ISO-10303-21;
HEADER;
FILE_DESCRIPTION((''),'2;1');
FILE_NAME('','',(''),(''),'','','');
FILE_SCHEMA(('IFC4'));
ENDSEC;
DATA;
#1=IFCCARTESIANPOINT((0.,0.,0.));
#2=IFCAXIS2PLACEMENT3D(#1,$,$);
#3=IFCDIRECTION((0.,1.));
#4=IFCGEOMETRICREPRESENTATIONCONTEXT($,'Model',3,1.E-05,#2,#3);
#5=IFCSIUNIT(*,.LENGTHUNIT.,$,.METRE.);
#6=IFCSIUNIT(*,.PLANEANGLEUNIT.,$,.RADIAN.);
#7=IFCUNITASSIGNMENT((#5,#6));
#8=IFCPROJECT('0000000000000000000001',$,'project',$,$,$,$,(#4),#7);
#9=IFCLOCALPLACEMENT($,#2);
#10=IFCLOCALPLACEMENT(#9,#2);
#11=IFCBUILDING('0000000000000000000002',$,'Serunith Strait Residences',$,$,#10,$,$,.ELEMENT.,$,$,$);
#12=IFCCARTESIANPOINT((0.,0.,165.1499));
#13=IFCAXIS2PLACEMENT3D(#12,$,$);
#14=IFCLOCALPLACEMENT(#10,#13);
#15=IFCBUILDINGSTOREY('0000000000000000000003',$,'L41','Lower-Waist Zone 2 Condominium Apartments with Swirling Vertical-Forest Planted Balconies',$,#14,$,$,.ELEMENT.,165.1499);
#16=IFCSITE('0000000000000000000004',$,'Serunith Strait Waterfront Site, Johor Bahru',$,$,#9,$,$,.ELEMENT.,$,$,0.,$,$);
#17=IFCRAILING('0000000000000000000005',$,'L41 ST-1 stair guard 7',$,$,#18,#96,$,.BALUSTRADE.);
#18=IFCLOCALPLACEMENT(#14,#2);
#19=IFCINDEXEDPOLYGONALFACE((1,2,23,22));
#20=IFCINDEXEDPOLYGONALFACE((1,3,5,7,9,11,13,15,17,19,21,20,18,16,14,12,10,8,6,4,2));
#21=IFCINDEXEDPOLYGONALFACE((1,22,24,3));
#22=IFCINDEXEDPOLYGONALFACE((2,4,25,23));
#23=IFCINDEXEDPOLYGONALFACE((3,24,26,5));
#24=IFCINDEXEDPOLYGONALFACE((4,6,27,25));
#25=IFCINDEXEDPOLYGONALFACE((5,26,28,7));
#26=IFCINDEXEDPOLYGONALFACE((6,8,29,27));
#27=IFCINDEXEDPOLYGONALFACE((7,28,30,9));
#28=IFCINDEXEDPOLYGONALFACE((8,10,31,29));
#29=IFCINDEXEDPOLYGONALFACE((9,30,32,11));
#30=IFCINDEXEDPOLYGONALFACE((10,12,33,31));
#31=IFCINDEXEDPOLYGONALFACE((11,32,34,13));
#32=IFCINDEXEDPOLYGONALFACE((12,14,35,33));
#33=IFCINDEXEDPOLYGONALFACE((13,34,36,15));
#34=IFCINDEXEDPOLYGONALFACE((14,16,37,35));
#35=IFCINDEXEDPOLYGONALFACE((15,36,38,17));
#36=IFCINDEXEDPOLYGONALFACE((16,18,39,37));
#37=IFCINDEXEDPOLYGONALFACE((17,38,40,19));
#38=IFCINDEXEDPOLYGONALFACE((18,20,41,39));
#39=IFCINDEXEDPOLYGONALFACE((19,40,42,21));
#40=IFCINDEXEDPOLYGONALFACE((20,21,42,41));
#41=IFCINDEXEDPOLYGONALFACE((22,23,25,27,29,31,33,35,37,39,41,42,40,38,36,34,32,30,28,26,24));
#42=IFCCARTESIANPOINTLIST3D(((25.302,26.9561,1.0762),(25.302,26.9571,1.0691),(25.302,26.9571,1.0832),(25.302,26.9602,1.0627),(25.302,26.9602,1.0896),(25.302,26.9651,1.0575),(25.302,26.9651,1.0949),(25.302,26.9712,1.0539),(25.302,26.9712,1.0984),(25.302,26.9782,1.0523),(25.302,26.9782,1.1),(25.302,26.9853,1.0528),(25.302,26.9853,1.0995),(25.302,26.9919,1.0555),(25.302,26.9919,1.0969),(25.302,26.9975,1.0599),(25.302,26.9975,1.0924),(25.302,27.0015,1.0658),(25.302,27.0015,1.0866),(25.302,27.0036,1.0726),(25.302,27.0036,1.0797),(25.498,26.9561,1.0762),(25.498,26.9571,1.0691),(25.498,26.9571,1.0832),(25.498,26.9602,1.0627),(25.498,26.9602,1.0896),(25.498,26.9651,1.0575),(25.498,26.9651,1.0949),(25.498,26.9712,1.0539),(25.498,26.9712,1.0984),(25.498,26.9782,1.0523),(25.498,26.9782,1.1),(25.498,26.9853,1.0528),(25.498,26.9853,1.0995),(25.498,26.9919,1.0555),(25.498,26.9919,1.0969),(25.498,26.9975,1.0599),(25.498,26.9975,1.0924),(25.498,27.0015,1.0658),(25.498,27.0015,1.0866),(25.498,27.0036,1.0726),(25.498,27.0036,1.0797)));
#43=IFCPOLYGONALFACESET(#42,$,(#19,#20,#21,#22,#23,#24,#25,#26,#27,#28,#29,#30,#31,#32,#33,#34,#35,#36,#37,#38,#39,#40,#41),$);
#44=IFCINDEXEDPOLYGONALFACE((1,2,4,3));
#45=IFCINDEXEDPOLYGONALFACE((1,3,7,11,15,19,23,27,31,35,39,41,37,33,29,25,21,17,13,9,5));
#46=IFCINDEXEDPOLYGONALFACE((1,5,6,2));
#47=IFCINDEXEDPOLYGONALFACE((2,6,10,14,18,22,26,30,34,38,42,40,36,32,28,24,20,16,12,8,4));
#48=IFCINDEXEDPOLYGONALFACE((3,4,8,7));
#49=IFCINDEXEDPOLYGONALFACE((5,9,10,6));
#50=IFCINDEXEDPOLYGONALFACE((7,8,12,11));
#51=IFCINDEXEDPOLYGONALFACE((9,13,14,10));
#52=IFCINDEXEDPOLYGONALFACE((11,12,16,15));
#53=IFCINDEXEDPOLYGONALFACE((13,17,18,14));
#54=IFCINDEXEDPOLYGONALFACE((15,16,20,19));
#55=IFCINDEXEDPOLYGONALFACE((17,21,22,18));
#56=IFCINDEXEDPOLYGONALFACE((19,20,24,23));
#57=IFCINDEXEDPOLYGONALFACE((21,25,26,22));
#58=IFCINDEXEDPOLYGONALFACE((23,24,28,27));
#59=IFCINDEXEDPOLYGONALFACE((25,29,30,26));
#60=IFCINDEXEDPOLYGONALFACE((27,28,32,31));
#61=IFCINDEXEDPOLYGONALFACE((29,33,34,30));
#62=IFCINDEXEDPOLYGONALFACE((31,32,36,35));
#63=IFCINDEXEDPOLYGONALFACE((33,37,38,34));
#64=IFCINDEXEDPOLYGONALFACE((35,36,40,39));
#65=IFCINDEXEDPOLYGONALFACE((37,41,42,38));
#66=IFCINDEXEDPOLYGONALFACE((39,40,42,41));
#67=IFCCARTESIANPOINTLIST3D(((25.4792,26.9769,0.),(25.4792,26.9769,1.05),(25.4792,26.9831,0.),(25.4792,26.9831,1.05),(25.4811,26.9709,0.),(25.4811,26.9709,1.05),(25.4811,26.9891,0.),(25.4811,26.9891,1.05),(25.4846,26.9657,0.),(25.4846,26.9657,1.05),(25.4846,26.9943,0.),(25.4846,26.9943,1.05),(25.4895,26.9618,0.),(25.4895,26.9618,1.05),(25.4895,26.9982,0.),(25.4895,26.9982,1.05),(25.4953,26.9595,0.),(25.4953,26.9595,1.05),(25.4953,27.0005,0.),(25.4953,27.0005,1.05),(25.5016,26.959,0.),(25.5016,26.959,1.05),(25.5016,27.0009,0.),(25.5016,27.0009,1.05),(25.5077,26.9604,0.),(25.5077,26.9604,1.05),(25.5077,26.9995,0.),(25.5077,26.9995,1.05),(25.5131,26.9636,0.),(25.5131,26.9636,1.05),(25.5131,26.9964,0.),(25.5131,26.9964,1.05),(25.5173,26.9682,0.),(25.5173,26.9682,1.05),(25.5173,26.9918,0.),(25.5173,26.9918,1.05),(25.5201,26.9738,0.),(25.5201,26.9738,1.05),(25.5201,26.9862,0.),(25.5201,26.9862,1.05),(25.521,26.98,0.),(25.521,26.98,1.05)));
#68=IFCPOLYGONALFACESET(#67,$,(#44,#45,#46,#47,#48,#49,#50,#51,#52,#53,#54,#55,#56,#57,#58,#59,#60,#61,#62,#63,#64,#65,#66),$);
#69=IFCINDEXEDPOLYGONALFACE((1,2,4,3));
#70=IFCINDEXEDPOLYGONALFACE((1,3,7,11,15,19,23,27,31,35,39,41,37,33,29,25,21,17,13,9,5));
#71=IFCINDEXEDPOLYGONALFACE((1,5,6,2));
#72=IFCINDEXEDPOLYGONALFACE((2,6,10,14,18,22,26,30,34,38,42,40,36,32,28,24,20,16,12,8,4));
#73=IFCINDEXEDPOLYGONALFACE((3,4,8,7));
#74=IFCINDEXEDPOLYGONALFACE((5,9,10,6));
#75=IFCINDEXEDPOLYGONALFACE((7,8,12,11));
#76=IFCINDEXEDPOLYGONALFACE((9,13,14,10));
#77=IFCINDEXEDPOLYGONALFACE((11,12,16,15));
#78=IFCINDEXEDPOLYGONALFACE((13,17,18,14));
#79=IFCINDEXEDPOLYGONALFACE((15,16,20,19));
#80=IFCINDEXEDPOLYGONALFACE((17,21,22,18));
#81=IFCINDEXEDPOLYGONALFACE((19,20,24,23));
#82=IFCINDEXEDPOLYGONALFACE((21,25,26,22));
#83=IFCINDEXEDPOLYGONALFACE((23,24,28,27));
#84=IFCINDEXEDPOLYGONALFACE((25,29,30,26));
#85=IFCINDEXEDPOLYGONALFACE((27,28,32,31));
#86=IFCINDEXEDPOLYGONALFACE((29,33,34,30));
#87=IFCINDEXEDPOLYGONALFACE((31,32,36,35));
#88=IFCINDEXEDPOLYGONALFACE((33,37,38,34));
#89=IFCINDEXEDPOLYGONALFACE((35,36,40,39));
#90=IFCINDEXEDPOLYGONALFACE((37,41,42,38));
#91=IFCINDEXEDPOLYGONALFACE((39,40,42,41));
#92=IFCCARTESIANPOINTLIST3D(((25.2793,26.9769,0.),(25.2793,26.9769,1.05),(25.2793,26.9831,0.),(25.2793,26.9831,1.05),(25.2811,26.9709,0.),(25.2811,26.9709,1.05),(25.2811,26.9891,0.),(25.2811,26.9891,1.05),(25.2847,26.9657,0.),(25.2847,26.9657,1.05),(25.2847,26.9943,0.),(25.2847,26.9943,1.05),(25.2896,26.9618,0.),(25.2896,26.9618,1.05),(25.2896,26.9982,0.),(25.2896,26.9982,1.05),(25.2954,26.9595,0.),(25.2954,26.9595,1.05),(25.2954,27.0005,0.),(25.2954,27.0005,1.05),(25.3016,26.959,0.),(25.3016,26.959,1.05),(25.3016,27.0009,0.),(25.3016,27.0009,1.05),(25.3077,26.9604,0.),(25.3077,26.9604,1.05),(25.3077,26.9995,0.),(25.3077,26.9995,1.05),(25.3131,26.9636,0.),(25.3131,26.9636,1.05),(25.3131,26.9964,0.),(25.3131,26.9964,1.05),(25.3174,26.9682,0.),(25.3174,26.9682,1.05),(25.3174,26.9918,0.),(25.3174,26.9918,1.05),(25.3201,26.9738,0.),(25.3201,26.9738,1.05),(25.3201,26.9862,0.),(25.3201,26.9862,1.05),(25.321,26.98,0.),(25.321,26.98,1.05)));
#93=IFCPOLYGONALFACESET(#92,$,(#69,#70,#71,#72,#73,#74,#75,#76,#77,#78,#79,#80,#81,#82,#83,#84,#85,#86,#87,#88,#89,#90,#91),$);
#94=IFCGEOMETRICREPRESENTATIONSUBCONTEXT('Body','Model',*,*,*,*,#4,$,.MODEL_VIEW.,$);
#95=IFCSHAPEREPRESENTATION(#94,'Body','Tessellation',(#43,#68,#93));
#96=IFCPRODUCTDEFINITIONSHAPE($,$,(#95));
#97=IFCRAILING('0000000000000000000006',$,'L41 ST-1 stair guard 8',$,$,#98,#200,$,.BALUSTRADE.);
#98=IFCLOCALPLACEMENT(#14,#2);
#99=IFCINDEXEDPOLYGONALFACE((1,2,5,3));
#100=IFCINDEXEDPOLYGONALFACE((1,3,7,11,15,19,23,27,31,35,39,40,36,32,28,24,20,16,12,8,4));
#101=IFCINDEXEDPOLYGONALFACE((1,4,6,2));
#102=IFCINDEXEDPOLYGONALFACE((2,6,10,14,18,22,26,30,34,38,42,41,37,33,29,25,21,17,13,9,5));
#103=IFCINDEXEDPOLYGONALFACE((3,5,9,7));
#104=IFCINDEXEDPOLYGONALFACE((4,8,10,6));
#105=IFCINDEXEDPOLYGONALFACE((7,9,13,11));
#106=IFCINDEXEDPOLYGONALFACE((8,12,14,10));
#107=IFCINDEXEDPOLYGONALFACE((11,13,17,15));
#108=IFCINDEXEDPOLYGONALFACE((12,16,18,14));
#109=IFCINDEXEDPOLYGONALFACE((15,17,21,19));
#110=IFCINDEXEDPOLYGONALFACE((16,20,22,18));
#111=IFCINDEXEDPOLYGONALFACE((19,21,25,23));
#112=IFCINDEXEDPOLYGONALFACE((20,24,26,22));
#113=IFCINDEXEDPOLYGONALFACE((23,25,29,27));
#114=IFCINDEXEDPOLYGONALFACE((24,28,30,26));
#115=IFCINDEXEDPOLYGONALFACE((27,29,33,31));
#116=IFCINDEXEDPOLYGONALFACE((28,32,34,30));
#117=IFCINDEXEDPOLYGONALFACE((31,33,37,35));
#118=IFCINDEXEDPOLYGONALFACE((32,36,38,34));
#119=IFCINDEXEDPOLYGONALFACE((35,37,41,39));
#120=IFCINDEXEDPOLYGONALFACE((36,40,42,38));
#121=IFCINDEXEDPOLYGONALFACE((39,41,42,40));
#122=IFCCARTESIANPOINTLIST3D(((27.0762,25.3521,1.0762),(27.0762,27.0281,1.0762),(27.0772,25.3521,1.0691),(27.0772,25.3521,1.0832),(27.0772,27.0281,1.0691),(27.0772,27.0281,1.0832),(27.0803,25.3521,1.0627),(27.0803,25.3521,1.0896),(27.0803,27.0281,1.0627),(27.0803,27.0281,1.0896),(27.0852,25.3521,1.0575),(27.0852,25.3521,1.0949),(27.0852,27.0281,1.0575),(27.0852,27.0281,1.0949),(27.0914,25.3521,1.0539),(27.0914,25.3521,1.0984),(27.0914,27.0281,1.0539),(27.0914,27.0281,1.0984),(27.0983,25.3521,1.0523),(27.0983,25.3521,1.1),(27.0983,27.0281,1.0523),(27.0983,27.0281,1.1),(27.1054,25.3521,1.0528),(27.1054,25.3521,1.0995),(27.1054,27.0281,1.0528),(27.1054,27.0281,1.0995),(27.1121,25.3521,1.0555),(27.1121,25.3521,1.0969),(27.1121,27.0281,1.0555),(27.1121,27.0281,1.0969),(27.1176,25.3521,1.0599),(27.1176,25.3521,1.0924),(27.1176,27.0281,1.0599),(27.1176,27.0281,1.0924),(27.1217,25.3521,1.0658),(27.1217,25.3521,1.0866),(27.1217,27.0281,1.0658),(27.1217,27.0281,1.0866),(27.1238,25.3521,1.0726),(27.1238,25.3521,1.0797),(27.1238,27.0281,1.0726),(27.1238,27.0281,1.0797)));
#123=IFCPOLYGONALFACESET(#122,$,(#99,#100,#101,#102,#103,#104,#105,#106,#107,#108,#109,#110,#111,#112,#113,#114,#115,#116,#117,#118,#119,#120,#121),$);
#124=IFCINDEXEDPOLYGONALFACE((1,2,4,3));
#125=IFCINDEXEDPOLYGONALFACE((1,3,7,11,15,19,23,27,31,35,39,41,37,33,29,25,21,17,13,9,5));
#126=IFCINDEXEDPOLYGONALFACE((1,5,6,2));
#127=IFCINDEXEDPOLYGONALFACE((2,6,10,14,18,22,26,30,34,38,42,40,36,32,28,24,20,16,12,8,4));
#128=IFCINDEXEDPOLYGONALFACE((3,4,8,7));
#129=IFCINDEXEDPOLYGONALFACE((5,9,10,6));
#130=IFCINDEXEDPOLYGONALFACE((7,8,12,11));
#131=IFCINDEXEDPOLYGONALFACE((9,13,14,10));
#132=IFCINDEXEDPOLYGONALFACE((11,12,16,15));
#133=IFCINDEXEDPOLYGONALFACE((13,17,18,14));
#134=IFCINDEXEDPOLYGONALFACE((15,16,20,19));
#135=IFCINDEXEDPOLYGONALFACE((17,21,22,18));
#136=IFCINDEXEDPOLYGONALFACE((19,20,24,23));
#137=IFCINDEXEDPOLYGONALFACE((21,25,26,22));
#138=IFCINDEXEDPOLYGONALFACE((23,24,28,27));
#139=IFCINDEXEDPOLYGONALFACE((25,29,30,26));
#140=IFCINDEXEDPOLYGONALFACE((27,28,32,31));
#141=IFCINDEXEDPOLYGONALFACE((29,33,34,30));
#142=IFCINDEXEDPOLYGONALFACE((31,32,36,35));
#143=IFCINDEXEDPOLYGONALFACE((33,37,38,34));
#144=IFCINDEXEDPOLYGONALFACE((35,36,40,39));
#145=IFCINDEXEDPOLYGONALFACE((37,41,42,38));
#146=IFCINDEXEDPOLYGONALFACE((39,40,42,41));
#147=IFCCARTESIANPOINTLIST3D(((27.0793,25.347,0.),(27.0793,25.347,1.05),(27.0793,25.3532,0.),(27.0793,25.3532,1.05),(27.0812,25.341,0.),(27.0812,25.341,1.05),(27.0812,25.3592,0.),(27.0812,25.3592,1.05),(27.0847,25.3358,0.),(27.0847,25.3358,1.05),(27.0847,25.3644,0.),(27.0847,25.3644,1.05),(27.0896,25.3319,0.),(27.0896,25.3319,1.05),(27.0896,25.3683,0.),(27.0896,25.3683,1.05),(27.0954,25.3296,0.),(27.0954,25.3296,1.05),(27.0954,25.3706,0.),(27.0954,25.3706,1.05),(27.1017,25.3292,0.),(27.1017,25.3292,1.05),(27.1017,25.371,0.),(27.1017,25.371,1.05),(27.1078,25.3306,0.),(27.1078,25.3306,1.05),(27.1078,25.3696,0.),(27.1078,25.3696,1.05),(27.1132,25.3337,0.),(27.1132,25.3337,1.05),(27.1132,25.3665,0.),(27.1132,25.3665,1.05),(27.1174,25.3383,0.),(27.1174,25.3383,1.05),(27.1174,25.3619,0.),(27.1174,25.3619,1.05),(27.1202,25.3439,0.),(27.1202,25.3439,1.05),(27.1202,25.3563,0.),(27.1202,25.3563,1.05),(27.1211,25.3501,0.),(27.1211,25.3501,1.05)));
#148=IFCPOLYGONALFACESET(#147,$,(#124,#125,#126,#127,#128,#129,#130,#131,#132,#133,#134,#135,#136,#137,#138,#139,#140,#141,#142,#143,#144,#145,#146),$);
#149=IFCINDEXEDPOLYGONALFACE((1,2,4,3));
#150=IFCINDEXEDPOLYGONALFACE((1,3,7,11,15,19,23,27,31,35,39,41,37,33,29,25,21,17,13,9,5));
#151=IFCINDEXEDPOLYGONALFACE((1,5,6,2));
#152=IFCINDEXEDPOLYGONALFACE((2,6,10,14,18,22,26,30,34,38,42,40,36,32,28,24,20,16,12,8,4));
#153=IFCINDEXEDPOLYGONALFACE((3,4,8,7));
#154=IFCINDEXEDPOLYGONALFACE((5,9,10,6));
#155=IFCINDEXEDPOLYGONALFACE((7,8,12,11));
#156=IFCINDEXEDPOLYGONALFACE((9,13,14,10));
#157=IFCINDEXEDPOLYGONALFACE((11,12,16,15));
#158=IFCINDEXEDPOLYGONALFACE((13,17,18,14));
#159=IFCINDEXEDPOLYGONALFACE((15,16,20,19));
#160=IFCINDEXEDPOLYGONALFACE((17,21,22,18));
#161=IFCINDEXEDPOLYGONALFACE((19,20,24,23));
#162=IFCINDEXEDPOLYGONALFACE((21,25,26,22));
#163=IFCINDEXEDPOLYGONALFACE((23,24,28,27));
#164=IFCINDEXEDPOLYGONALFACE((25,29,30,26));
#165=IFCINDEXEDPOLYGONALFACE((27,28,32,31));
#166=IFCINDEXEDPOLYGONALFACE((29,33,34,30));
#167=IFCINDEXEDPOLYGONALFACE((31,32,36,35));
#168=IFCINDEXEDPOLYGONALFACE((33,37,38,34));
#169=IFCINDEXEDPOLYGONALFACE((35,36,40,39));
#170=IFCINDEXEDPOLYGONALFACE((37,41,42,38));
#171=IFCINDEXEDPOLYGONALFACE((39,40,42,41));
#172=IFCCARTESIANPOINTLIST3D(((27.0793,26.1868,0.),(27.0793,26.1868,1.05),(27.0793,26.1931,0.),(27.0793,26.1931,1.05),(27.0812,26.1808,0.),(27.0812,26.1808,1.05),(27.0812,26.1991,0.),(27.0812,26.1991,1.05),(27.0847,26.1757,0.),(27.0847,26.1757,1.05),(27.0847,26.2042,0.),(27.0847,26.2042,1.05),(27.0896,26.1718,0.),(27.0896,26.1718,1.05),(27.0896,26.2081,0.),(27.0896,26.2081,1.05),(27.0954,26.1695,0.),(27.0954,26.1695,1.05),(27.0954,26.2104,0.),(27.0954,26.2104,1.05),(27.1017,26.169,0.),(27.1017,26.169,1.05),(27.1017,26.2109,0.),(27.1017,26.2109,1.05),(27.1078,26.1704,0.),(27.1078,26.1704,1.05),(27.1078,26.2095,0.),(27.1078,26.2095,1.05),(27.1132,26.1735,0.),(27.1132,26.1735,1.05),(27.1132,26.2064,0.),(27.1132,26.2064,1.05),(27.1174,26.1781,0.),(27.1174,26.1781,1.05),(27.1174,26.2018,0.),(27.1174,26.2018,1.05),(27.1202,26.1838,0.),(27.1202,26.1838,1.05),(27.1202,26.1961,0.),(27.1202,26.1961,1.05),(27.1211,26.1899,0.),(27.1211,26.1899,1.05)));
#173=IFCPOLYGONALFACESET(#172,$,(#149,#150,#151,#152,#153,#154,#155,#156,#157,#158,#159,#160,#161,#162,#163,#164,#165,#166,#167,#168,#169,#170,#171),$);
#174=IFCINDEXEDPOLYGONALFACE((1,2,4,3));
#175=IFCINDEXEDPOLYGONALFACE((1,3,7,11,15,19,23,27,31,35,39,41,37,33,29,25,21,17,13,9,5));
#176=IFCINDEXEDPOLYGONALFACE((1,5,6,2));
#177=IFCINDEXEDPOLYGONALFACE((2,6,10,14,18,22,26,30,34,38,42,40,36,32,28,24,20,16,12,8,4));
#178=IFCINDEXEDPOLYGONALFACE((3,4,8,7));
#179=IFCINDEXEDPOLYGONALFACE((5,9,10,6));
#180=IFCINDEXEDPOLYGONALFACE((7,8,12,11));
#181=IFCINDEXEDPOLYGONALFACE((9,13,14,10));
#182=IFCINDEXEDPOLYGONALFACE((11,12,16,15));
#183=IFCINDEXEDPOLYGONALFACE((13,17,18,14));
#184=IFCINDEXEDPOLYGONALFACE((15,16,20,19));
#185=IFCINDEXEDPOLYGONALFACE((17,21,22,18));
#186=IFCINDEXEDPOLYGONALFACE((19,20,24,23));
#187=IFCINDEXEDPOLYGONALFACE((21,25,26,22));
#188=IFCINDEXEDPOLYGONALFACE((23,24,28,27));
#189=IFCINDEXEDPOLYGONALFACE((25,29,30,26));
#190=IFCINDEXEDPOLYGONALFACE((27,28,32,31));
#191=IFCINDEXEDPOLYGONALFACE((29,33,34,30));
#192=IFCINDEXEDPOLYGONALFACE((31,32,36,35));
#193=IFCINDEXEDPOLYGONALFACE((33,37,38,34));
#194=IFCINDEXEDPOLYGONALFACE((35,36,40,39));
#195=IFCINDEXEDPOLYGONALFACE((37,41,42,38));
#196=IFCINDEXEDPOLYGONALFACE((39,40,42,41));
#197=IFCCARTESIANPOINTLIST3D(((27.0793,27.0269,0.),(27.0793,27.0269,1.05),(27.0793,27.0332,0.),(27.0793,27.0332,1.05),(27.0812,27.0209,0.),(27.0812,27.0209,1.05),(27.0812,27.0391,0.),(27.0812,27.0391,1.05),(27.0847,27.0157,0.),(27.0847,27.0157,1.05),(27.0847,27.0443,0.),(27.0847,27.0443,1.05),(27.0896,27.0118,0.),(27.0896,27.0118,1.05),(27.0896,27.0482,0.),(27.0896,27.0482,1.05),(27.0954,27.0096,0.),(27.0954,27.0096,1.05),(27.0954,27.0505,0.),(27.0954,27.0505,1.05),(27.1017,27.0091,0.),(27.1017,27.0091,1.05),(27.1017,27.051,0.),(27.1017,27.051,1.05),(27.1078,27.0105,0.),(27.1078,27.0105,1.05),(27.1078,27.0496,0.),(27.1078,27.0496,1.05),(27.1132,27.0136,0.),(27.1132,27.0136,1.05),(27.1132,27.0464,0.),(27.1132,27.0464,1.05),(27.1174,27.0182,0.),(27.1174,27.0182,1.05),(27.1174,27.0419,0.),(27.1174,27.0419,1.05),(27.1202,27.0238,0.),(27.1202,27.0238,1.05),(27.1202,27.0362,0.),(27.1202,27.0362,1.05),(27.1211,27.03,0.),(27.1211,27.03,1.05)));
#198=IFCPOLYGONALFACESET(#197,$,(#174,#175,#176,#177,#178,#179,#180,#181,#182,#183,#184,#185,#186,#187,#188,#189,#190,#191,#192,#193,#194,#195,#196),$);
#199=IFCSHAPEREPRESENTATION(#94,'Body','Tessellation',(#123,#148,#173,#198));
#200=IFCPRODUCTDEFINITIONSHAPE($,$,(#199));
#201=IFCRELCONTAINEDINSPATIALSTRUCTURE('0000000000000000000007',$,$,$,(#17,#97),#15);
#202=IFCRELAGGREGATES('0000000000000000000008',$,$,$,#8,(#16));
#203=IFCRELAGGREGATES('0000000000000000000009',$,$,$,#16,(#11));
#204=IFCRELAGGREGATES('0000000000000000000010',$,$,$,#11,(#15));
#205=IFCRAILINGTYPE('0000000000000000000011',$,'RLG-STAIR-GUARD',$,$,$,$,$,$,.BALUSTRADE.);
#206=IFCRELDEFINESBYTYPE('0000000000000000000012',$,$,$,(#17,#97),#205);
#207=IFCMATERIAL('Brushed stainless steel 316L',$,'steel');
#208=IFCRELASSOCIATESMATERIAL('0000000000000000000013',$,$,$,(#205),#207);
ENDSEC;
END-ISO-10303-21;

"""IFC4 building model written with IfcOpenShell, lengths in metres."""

from ifc_helpers import new_model, si_unit, direction, frame, origin, origin_2d, place, context, subcontext, project, spatial, circle, extrude, material, type_object, element, save


model = new_model("IFC4")

# Units and contexts
model_context = context("Model", 3, precision=1e-05, world=origin(), true_north=direction((0.0, 1.0)))
body_context = subcontext(model_context, "Body", "Model", "MODEL_VIEW")
ifc_project = project(units=[si_unit("LENGTHUNIT", "METRE"), si_unit("PLANEANGLEUNIT", "RADIAN")], contexts=[model_context])

# Site, building, storey
site_placement = place(None, origin())
site = spatial("IfcSite", under=ifc_project, at=site_placement, Name="Serunith Strait Waterfront Site, Johor Bahru", CompositionType="ELEMENT", RefElevation=0.0)
building_placement = place(site_placement, origin())
building = spatial("IfcBuilding", under=site, at=building_placement, Name="Serunith Strait Residences", CompositionType="ELEMENT")
storey_placement = place(building_placement, frame((0.0, 0.0, 165.1499)))
storey = spatial("IfcBuildingStorey", under=building, at=storey_placement, Name="L41", Description="Lower-Waist Zone 2 Condominium Apartments with Swirling Vertical-Forest Planted Balconies", CompositionType="ELEMENT", Elevation=165.1499)

# Railings
ifc_material_1 = material(Name="Brushed stainless steel 316L", Category="steel")
railing_type_1 = type_object("IfcRailingType", Name="RLG-STAIR-GUARD", PredefinedType="BALUSTRADE", material=ifc_material_1)
railing_1_placement = place(storey_placement, frame((25.5, 26.98, 0.0)))
element("IfcRailing", 1, at=railing_1_placement, inside=storey, type_object=railing_type_1, Name="L41 ST-1 stair guard 7", PredefinedType="BALUSTRADE", context=body_context, shape_type="SweptSolid", body=[
    extrude(circle(Radius=0.0239, at=origin_2d()), frame((-0.002, 0.0, 1.0762), z_axis=(-1.0, 0.0, 0.0), x_axis=(0.0, -1.0, 0.0)), (0.0, 0.0, 1.0), 0.196),
    extrude(circle(Radius=0.021, at=origin_2d()), origin(), (0.0, 0.0, 1.0), 1.05),
    extrude(circle(Radius=0.021, at=origin_2d()), frame((-0.2, 0.0, 0.0)), (0.0, 0.0, 1.0), 1.05),
])
for number, where, name in (
    (2, (27.1001, 25.3501, 0.0), "L41 ST-1 stair guard 8"),
):
    element("IfcRailing", number, at=place(storey_placement, frame(where)), inside=storey, type_object=railing_type_1, Name=name, PredefinedType="BALUSTRADE", context=body_context, shape_type="SweptSolid", body=[
        extrude(circle(Radius=0.0239, at=origin_2d()), frame((0.0, 0.002, 1.0762), z_axis=(0.0, 1.0, 0.0), x_axis=(-1.0, 0.0, 0.0)), (0.0, 0.0, 1.0), 1.676),
        extrude(circle(Radius=0.021, at=origin_2d()), origin(), (0.0, 0.0, 1.0), 1.05),
        extrude(circle(Radius=0.021, at=origin_2d()), frame((0.0, 0.8398, 0.0)), (0.0, 0.0, 1.0), 1.05),
        extrude(circle(Radius=0.021, at=origin_2d()), frame((0.0, 1.6799, 0.0)), (0.0, 0.0, 1.0), 1.05),
    ])

save(model, "model.ifc")
